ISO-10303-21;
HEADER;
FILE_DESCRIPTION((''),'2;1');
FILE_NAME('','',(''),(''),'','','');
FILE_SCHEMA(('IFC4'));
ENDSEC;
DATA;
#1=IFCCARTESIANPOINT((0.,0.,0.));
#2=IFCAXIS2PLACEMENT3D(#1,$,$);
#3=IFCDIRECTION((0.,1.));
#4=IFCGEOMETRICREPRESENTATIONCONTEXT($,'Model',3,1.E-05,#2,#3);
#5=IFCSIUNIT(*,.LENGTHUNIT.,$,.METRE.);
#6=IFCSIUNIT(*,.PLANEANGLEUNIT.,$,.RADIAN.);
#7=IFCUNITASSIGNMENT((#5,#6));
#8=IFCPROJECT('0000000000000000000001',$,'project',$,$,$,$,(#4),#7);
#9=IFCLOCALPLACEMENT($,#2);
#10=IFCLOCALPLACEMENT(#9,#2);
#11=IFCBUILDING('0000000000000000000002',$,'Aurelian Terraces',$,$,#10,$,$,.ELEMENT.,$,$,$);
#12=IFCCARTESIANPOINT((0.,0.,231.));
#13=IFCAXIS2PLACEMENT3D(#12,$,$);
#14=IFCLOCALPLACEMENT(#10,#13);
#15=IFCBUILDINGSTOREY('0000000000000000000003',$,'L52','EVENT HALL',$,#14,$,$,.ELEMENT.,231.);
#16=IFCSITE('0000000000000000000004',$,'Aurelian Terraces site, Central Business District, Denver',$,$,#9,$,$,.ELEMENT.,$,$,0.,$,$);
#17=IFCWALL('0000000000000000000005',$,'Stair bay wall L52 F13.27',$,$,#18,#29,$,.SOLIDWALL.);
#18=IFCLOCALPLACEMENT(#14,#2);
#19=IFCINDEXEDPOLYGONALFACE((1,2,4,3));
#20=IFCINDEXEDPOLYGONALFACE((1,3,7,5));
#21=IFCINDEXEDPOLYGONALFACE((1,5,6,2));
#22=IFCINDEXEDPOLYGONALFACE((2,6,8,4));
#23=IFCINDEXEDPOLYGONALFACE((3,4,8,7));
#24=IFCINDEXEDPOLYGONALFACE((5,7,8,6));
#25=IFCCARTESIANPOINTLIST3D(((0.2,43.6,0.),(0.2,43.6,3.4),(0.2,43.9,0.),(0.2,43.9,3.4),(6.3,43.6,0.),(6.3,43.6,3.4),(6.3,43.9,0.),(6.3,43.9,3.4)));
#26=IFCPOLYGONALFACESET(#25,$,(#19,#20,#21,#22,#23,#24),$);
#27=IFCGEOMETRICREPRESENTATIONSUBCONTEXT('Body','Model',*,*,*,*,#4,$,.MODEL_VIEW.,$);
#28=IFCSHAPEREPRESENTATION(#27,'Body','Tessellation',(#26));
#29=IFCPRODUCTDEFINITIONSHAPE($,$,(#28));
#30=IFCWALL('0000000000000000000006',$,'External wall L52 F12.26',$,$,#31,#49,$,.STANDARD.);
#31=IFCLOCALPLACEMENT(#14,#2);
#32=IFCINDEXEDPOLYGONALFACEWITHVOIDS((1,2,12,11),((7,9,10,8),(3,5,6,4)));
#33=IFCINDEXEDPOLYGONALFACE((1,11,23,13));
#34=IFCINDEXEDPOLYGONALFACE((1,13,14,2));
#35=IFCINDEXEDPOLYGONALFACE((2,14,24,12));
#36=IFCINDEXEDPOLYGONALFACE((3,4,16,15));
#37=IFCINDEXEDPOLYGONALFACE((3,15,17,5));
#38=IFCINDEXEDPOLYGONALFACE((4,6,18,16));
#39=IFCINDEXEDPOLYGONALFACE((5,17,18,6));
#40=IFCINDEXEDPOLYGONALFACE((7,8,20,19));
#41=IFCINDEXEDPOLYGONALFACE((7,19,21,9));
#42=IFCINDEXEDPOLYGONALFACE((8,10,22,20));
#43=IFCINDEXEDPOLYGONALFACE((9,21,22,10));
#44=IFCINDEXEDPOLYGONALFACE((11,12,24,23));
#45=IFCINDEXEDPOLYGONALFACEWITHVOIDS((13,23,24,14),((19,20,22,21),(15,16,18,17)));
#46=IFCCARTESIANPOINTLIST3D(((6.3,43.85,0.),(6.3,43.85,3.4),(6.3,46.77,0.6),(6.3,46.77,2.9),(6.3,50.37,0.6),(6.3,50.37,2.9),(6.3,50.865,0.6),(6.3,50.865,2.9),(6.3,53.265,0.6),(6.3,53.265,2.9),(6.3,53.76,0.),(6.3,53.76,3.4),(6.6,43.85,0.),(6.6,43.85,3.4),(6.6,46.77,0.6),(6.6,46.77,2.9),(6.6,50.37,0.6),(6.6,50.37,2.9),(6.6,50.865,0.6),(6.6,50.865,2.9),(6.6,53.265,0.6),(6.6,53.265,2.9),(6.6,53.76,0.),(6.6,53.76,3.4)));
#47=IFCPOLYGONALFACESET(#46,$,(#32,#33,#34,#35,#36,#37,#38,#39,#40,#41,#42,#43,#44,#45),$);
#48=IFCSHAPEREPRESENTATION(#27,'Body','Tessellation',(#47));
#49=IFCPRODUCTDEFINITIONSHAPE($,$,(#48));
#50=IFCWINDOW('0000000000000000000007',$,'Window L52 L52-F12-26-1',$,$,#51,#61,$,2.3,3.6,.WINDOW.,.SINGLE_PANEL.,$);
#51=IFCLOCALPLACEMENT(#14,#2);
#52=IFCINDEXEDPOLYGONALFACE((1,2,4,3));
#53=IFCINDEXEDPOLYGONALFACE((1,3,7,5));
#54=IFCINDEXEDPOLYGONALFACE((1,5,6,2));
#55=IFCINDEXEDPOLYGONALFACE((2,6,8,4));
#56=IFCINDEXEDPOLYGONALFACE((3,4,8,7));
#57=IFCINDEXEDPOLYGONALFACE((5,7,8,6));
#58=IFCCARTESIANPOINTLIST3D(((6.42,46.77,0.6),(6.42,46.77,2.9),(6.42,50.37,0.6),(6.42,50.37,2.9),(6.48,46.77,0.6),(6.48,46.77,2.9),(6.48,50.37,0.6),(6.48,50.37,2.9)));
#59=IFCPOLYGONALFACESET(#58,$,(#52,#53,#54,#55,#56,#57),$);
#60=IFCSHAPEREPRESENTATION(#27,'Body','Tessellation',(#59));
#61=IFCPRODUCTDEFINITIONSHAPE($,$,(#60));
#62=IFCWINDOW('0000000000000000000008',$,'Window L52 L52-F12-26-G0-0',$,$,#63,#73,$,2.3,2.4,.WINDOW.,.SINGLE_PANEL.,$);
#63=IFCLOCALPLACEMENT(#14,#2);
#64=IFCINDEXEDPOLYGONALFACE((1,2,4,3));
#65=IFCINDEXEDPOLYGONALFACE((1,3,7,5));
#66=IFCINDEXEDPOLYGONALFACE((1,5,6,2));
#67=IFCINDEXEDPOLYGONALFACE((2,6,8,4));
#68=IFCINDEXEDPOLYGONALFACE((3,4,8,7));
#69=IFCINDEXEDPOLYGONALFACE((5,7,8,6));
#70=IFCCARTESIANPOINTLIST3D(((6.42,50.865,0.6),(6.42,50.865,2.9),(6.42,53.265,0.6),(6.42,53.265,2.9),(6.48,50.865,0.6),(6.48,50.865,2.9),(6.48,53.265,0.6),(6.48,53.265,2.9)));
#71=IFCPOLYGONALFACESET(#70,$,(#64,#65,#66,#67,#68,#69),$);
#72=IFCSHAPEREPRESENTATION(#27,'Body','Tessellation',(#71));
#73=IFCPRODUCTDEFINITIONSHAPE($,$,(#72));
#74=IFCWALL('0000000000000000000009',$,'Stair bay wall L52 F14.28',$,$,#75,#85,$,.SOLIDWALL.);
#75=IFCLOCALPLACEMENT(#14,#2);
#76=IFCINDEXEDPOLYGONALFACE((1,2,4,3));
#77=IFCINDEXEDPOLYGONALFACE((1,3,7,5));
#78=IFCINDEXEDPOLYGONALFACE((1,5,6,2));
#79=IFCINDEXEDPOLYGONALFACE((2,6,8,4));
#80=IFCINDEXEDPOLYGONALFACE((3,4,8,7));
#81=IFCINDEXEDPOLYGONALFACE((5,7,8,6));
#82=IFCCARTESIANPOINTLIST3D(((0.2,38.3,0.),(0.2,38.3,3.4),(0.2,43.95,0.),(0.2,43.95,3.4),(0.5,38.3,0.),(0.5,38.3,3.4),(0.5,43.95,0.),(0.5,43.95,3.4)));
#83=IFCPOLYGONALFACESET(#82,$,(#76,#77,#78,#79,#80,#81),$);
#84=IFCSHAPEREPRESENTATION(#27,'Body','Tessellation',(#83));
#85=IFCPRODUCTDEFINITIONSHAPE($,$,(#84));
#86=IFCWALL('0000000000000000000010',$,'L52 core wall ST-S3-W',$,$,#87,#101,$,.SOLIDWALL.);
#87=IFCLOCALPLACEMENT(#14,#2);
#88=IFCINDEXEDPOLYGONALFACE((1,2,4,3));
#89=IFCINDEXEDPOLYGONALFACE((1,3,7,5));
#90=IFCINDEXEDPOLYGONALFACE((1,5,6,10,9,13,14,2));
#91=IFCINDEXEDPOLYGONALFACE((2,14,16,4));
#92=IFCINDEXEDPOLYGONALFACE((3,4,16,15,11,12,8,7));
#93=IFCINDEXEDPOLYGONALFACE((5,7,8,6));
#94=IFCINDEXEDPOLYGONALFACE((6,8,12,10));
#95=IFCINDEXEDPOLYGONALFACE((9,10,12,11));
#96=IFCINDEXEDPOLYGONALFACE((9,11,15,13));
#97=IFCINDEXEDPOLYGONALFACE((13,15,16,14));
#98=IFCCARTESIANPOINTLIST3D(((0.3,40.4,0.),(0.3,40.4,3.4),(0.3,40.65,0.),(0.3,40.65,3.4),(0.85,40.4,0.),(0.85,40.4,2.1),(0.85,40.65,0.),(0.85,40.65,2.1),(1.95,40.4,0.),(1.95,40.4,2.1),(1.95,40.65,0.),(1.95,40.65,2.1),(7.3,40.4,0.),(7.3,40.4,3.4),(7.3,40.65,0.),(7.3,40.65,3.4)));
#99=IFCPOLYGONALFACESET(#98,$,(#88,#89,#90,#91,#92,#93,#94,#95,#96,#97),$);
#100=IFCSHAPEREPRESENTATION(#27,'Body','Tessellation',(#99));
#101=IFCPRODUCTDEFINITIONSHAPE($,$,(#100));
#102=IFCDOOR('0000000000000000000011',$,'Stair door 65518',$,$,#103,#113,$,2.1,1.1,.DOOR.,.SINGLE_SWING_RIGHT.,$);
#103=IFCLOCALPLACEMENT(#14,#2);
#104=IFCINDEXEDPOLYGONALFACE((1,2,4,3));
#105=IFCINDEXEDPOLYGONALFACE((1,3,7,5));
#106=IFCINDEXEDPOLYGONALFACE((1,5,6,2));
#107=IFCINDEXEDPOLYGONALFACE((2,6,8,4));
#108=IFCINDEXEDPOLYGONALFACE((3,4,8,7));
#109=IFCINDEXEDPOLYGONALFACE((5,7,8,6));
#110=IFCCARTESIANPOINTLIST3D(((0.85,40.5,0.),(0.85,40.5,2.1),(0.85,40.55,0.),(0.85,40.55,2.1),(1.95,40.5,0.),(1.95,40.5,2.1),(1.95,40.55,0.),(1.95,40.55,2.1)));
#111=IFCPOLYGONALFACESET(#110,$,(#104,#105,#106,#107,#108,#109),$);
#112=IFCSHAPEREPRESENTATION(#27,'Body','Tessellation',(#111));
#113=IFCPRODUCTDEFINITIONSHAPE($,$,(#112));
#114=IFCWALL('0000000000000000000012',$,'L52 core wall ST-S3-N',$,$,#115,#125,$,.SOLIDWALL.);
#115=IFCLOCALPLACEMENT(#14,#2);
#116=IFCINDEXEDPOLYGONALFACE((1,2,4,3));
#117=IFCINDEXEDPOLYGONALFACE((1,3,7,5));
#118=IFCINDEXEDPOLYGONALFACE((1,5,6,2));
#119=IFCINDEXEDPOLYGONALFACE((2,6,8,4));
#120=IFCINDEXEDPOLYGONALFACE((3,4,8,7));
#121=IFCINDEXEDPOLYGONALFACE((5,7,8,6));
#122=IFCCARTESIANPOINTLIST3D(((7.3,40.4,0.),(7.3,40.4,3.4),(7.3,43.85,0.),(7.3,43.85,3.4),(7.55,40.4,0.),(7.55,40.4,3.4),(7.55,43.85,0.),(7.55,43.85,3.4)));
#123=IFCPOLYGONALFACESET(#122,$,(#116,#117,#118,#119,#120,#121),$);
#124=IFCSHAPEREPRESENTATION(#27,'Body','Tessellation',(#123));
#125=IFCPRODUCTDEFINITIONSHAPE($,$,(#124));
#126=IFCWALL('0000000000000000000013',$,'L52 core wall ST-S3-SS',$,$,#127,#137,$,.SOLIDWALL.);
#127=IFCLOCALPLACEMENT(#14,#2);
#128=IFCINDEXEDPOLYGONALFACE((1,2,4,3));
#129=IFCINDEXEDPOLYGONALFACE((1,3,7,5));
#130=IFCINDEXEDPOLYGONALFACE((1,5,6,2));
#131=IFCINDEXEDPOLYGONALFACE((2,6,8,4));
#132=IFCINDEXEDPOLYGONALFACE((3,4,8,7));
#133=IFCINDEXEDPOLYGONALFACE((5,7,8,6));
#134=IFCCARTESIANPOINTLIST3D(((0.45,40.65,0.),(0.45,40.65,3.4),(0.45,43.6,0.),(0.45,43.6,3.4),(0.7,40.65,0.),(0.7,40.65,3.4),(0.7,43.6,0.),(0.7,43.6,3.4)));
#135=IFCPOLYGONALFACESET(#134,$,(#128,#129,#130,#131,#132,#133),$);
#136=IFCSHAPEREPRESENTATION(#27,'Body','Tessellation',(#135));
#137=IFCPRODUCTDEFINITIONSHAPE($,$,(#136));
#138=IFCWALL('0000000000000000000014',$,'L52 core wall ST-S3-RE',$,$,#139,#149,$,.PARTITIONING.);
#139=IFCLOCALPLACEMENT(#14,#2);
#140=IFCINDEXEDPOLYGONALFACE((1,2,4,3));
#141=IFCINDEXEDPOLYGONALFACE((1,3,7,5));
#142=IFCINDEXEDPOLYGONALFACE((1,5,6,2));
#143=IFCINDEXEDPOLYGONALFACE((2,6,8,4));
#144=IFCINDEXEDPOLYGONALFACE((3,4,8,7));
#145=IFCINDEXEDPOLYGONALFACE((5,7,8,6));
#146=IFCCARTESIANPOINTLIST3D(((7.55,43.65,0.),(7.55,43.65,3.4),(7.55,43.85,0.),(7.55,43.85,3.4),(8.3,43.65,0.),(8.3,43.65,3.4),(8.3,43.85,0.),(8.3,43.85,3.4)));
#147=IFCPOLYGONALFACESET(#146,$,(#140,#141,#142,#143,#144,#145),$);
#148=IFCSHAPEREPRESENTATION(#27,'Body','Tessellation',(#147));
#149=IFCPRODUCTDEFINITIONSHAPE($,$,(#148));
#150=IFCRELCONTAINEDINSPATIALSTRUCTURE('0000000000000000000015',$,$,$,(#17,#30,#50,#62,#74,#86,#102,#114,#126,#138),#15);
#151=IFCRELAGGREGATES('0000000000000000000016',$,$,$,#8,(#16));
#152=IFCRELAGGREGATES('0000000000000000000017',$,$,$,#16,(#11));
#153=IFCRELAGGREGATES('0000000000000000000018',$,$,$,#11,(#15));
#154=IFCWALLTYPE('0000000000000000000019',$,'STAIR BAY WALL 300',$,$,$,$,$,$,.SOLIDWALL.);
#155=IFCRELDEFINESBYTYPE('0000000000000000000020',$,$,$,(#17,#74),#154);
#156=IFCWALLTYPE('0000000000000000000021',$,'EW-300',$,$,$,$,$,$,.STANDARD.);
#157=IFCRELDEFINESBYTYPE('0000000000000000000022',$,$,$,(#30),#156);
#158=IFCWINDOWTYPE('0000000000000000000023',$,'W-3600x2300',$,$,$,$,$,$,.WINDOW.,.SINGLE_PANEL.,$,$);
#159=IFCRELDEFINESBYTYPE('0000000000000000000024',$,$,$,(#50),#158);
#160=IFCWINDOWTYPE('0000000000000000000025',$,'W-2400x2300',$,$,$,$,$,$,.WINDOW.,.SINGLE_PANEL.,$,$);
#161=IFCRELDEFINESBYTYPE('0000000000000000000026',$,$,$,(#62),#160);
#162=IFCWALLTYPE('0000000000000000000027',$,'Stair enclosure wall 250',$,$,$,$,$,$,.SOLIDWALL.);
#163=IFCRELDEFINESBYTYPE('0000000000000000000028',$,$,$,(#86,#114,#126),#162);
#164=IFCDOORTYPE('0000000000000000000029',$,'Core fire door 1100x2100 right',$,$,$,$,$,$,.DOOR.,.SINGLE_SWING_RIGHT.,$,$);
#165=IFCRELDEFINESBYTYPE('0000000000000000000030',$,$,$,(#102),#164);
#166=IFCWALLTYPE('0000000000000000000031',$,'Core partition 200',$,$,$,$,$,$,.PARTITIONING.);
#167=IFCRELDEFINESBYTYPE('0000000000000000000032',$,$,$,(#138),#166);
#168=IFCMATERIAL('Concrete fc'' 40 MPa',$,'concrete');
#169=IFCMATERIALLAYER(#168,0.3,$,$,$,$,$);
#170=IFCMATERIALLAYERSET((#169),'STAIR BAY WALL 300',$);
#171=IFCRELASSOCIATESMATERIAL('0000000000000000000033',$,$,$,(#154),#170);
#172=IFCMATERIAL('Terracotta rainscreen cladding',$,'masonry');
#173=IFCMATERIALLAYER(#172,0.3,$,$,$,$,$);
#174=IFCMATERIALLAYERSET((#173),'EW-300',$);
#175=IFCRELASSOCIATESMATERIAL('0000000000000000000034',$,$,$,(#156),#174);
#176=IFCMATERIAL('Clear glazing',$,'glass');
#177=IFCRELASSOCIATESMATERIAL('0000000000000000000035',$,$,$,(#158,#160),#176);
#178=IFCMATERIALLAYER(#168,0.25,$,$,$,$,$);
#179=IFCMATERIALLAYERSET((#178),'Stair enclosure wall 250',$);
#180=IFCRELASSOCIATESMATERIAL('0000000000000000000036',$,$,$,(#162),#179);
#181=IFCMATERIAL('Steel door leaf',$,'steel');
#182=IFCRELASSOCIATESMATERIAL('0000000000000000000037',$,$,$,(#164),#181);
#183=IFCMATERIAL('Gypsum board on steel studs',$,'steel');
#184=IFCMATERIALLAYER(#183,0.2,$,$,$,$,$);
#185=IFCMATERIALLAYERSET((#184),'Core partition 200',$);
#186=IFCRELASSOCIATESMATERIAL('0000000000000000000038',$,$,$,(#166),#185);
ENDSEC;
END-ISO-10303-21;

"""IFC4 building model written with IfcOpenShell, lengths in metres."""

from ifc_helpers import new_model, si_unit, direction, frame, frame_2d, origin, place, context, subcontext, project, spatial, rectangle, extrude, source, transform, mapped, material, layer, layer_set, type_object, element, fill, save


model = new_model("IFC4")

# Units and contexts
model_context = context("Model", 3, precision=1e-05, world=origin(), true_north=direction((0.0, 1.0)))
body_context = subcontext(model_context, "Body", "Model", "MODEL_VIEW")
ifc_project = project(units=[si_unit("LENGTHUNIT", "METRE"), si_unit("PLANEANGLEUNIT", "RADIAN")], contexts=[model_context])

# Site, building, storey
site_placement = place(None, origin())
site = spatial("IfcSite", under=ifc_project, at=site_placement, Name="Aurelian Terraces site, Central Business District, Denver", CompositionType="ELEMENT", RefElevation=0.0)
building_placement = place(site_placement, origin())
building = spatial("IfcBuilding", under=site, at=building_placement, Name="Aurelian Terraces", CompositionType="ELEMENT")
storey_placement = place(building_placement, frame((0.0, 0.0, 231.0)))
storey = spatial("IfcBuildingStorey", under=building, at=storey_placement, Name="L52", Description="EVENT HALL", CompositionType="ELEMENT", Elevation=231.0)

# Wall
ifc_material_1 = material(Name="Concrete fc' 40 MPa", Category="concrete")
ifc_layer_1 = layer(ifc_material_1, 0.3)
ifc_layer_set_1 = layer_set([ifc_layer_1], Name="STAIR BAY WALL 300")
wall_type_1 = type_object("IfcWallType", Name="STAIR BAY WALL 300", PredefinedType="SOLIDWALL", material=ifc_layer_set_1)
shared_shape_1 = source(origin(), body_context, "Body", "SweptSolid", [
    extrude(rectangle(XDim=6.1, YDim=0.3, at=frame_2d((3.05, 0.0))), origin(), (0.0, 0.0, 1.0), 3.4),
])
wall_1_placement = place(storey_placement, frame((6.3, 43.75, 0.0), z_axis=(0.0, 0.0, 1.0), x_axis=(-1.0, 0.0, 0.0)))
element("IfcWall", 1, at=wall_1_placement, inside=storey, type_object=wall_type_1, Name="Stair bay wall L52 F13.27", PredefinedType="SOLIDWALL", context=body_context, shape_type="MappedRepresentation", body=[
    mapped(shared_shape_1, transform((0.0, 0.0, 0.0), scale=1.0)),
])

# Wall, openings, windows
ifc_material_2 = material(Name="Terracotta rainscreen cladding", Category="masonry")
ifc_layer_2 = layer(ifc_material_2, 0.3)
ifc_layer_set_2 = layer_set([ifc_layer_2], Name="EW-300")
wall_type_2 = type_object("IfcWallType", Name="EW-300", PredefinedType="STANDARD", material=ifc_layer_set_2)
shared_shape_2 = source(origin(), body_context, "Body", "SweptSolid", [
    extrude(rectangle(XDim=9.91, YDim=0.3, at=frame_2d((4.955, 0.0))), origin(), (0.0, 0.0, 1.0), 3.4),
])
wall_2_placement = place(storey_placement, frame((6.45, 53.76, 0.0), z_axis=(0.0, 0.0, 1.0), x_axis=(0.0, -1.0, 0.0)))
wall_2 = element("IfcWall", 2, at=wall_2_placement, inside=storey, type_object=wall_type_2, Name="External wall L52 F12.26", PredefinedType="STANDARD", context=body_context, shape_type="MappedRepresentation", body=[
    mapped(shared_shape_2, transform((0.0, 0.0, 0.0), scale=1.0)),
])
shared_shape_3 = source(origin(), body_context, "Body", "SweptSolid", [
    extrude(rectangle(XDim=3.6, YDim=2.3, at=frame_2d((1.8, 1.15))), frame((0.0, 0.16, 0.0), z_axis=(0.0, -1.0, 0.0), x_axis=(1.0, 0.0, 0.0)), (0.0, 0.0, 1.0), 0.32),
])
opening_1_placement = place(wall_2_placement, frame((3.39, 0.0, 0.6)))
opening_1 = element("IfcOpeningElement", 3, at=opening_1_placement, cuts=wall_2, PredefinedType="OPENING", context=body_context, shape_type="MappedRepresentation", body=[
    mapped(shared_shape_3, transform((0.0, 0.0, 0.0), scale=1.0)),
])
shared_shape_4 = source(origin(), body_context, "Body", "SweptSolid", [
    extrude(rectangle(XDim=2.4, YDim=2.3, at=frame_2d((1.2, 1.15))), frame((0.0, 0.16, 0.0), z_axis=(0.0, -1.0, 0.0), x_axis=(1.0, 0.0, 0.0)), (0.0, 0.0, 1.0), 0.32),
])
opening_2_placement = place(wall_2_placement, frame((0.495, 0.0, 0.6)))
opening_2 = element("IfcOpeningElement", 4, at=opening_2_placement, cuts=wall_2, PredefinedType="OPENING", context=body_context, shape_type="MappedRepresentation", body=[
    mapped(shared_shape_4, transform((0.0, 0.0, 0.0), scale=1.0)),
])
ifc_material_3 = material(Name="Clear glazing", Category="glass")
window_type_1 = type_object("IfcWindowType", Name="W-3600x2300", PartitioningType="SINGLE_PANEL", PredefinedType="WINDOW", material=ifc_material_3)
shared_shape_5 = source(origin(), body_context, "Body", "SweptSolid", [
    extrude(rectangle(XDim=3.6, YDim=2.3, at=frame_2d((1.8, 1.15))), frame((0.0, 0.03, 0.0), z_axis=(0.0, -1.0, 0.0), x_axis=(1.0, 0.0, 0.0)), (0.0, 0.0, 1.0), 0.06),
])
window_1_placement = place(opening_1_placement, origin())
window_1 = element("IfcWindow", 5, at=window_1_placement, inside=storey, type_object=window_type_1, Name="Window L52 L52-F12-26-1", OverallHeight=2.3, OverallWidth=3.6, PartitioningType="SINGLE_PANEL", PredefinedType="WINDOW", context=body_context, shape_type="MappedRepresentation", body=[
    mapped(shared_shape_5, transform((0.0, 0.0, 0.0), scale=1.0)),
])
fill(opening_1, window_1)
window_type_2 = type_object("IfcWindowType", Name="W-2400x2300", PartitioningType="SINGLE_PANEL", PredefinedType="WINDOW", material=ifc_material_3)
shared_shape_6 = source(origin(), body_context, "Body", "SweptSolid", [
    extrude(rectangle(XDim=2.4, YDim=2.3, at=frame_2d((1.2, 1.15))), frame((0.0, 0.03, 0.0), z_axis=(0.0, -1.0, 0.0), x_axis=(1.0, 0.0, 0.0)), (0.0, 0.0, 1.0), 0.06),
])
window_2_placement = place(opening_2_placement, origin())
window_2 = element("IfcWindow", 6, at=window_2_placement, inside=storey, type_object=window_type_2, Name="Window L52 L52-F12-26-G0-0", OverallHeight=2.3, OverallWidth=2.4, PartitioningType="SINGLE_PANEL", PredefinedType="WINDOW", context=body_context, shape_type="MappedRepresentation", body=[
    mapped(shared_shape_6, transform((0.0, 0.0, 0.0), scale=1.0)),
])
fill(opening_2, window_2)

# Wall
shared_shape_7 = source(origin(), body_context, "Body", "SweptSolid", [
    extrude(rectangle(XDim=5.65, YDim=0.3, at=frame_2d((2.825, 0.0))), origin(), (0.0, 0.0, 1.0), 3.4),
])
wall_3_placement = place(storey_placement, frame((0.35, 43.95, 0.0), z_axis=(0.0, 0.0, 1.0), x_axis=(0.0, -1.0, 0.0)))
element("IfcWall", 7, at=wall_3_placement, inside=storey, type_object=wall_type_1, Name="Stair bay wall L52 F14.28", PredefinedType="SOLIDWALL", context=body_context, shape_type="MappedRepresentation", body=[
    mapped(shared_shape_7, transform((0.0, 0.0, 0.0), scale=1.0)),
])

# Wall, opening, door
ifc_layer_3 = layer(ifc_material_1, 0.25)
ifc_layer_set_3 = layer_set([ifc_layer_3], Name="Stair enclosure wall 250")
wall_type_3 = type_object("IfcWallType", Name="Stair enclosure wall 250", PredefinedType="SOLIDWALL", material=ifc_layer_set_3)
shared_shape_8 = source(origin(), body_context, "Body", "SweptSolid", [
    extrude(rectangle(XDim=7.0, YDim=0.25, at=frame_2d((3.5, 0.0))), origin(), (0.0, 0.0, 1.0), 3.4),
])
wall_4_placement = place(storey_placement, frame((0.3, 40.525, 0.0), z_axis=(0.0, 0.0, 1.0), x_axis=(1.0, 0.0, 0.0)))
wall_4 = element("IfcWall", 8, at=wall_4_placement, inside=storey, type_object=wall_type_3, Name="L52 core wall ST-S3-W", PredefinedType="SOLIDWALL", context=body_context, shape_type="MappedRepresentation", body=[
    mapped(shared_shape_8, transform((0.0, 0.0, 0.0), scale=1.0)),
])
shared_shape_9 = source(origin(), body_context, "Body", "SweptSolid", [
    extrude(rectangle(XDim=1.1, YDim=2.1, at=frame_2d((0.55, 1.05))), frame((0.0, 0.135, 0.0), z_axis=(0.0, -1.0, 0.0), x_axis=(1.0, 0.0, 0.0)), (0.0, 0.0, 1.0), 0.27),
])
opening_3_placement = place(wall_4_placement, frame((0.55, 0.0, 0.0)))
opening_3 = element("IfcOpeningElement", 9, at=opening_3_placement, cuts=wall_4, PredefinedType="OPENING", context=body_context, shape_type="MappedRepresentation", body=[
    mapped(shared_shape_9, transform((0.0, 0.0, 0.0), scale=1.0)),
])
ifc_material_4 = material(Name="Steel door leaf", Category="steel")
door_type_1 = type_object("IfcDoorType", Name="Core fire door 1100x2100 right", OperationType="SINGLE_SWING_RIGHT", PredefinedType="DOOR", material=ifc_material_4)
shared_shape_10 = source(origin(), body_context, "Body", "SweptSolid", [
    extrude(rectangle(XDim=1.1, YDim=2.1, at=frame_2d((0.55, 1.05))), frame((0.0, 0.025, 0.0), z_axis=(0.0, -1.0, 0.0), x_axis=(1.0, 0.0, 0.0)), (0.0, 0.0, 1.0), 0.05),
])
door_1_placement = place(opening_3_placement, origin())
door_1 = element("IfcDoor", 10, at=door_1_placement, inside=storey, type_object=door_type_1, Name="Stair door 65518", OperationType="SINGLE_SWING_RIGHT", OverallHeight=2.1, OverallWidth=1.1, PredefinedType="DOOR", context=body_context, shape_type="MappedRepresentation", body=[
    mapped(shared_shape_10, transform((0.0, 0.0, 0.0), scale=1.0)),
])
fill(opening_3, door_1)

# Walls
shared_shape_11 = source(origin(), body_context, "Body", "SweptSolid", [
    extrude(rectangle(XDim=3.45, YDim=0.25, at=frame_2d((1.725, 0.0))), origin(), (0.0, 0.0, 1.0), 3.4),
])
wall_5_placement = place(storey_placement, frame((7.425, 40.4, 0.0), z_axis=(0.0, 0.0, 1.0), x_axis=(0.0, 1.0, 0.0)))
element("IfcWall", 11, at=wall_5_placement, inside=storey, type_object=wall_type_3, Name="L52 core wall ST-S3-N", PredefinedType="SOLIDWALL", context=body_context, shape_type="MappedRepresentation", body=[
    mapped(shared_shape_11, transform((0.0, 0.0, 0.0), scale=1.0)),
])
shared_shape_12 = source(origin(), body_context, "Body", "SweptSolid", [
    extrude(rectangle(XDim=2.95, YDim=0.25, at=frame_2d((1.475, 0.0))), origin(), (0.0, 0.0, 1.0), 3.4),
])
wall_6_placement = place(storey_placement, frame((0.575, 40.65, 0.0), z_axis=(0.0, 0.0, 1.0), x_axis=(0.0, 1.0, 0.0)))
element("IfcWall", 12, at=wall_6_placement, inside=storey, type_object=wall_type_3, Name="L52 core wall ST-S3-SS", PredefinedType="SOLIDWALL", context=body_context, shape_type="MappedRepresentation", body=[
    mapped(shared_shape_12, transform((0.0, 0.0, 0.0), scale=1.0)),
])
ifc_material_5 = material(Name="Gypsum board on steel studs", Category="steel")
ifc_layer_4 = layer(ifc_material_5, 0.2)
ifc_layer_set_4 = layer_set([ifc_layer_4], Name="Core partition 200")
wall_type_4 = type_object("IfcWallType", Name="Core partition 200", PredefinedType="PARTITIONING", material=ifc_layer_set_4)
shared_shape_13 = source(origin(), body_context, "Body", "SweptSolid", [
    extrude(rectangle(XDim=0.75, YDim=0.2, at=frame_2d((0.375, 0.0))), origin(), (0.0, 0.0, 1.0), 3.4),
])
wall_7_placement = place(storey_placement, frame((7.55, 43.75, 0.0), z_axis=(0.0, 0.0, 1.0), x_axis=(1.0, 0.0, 0.0)))
element("IfcWall", 13, at=wall_7_placement, inside=storey, type_object=wall_type_4, Name="L52 core wall ST-S3-RE", PredefinedType="PARTITIONING", context=body_context, shape_type="MappedRepresentation", body=[
    mapped(shared_shape_13, transform((0.0, 0.0, 0.0), scale=1.0)),
])

save(model, "model.ifc")
